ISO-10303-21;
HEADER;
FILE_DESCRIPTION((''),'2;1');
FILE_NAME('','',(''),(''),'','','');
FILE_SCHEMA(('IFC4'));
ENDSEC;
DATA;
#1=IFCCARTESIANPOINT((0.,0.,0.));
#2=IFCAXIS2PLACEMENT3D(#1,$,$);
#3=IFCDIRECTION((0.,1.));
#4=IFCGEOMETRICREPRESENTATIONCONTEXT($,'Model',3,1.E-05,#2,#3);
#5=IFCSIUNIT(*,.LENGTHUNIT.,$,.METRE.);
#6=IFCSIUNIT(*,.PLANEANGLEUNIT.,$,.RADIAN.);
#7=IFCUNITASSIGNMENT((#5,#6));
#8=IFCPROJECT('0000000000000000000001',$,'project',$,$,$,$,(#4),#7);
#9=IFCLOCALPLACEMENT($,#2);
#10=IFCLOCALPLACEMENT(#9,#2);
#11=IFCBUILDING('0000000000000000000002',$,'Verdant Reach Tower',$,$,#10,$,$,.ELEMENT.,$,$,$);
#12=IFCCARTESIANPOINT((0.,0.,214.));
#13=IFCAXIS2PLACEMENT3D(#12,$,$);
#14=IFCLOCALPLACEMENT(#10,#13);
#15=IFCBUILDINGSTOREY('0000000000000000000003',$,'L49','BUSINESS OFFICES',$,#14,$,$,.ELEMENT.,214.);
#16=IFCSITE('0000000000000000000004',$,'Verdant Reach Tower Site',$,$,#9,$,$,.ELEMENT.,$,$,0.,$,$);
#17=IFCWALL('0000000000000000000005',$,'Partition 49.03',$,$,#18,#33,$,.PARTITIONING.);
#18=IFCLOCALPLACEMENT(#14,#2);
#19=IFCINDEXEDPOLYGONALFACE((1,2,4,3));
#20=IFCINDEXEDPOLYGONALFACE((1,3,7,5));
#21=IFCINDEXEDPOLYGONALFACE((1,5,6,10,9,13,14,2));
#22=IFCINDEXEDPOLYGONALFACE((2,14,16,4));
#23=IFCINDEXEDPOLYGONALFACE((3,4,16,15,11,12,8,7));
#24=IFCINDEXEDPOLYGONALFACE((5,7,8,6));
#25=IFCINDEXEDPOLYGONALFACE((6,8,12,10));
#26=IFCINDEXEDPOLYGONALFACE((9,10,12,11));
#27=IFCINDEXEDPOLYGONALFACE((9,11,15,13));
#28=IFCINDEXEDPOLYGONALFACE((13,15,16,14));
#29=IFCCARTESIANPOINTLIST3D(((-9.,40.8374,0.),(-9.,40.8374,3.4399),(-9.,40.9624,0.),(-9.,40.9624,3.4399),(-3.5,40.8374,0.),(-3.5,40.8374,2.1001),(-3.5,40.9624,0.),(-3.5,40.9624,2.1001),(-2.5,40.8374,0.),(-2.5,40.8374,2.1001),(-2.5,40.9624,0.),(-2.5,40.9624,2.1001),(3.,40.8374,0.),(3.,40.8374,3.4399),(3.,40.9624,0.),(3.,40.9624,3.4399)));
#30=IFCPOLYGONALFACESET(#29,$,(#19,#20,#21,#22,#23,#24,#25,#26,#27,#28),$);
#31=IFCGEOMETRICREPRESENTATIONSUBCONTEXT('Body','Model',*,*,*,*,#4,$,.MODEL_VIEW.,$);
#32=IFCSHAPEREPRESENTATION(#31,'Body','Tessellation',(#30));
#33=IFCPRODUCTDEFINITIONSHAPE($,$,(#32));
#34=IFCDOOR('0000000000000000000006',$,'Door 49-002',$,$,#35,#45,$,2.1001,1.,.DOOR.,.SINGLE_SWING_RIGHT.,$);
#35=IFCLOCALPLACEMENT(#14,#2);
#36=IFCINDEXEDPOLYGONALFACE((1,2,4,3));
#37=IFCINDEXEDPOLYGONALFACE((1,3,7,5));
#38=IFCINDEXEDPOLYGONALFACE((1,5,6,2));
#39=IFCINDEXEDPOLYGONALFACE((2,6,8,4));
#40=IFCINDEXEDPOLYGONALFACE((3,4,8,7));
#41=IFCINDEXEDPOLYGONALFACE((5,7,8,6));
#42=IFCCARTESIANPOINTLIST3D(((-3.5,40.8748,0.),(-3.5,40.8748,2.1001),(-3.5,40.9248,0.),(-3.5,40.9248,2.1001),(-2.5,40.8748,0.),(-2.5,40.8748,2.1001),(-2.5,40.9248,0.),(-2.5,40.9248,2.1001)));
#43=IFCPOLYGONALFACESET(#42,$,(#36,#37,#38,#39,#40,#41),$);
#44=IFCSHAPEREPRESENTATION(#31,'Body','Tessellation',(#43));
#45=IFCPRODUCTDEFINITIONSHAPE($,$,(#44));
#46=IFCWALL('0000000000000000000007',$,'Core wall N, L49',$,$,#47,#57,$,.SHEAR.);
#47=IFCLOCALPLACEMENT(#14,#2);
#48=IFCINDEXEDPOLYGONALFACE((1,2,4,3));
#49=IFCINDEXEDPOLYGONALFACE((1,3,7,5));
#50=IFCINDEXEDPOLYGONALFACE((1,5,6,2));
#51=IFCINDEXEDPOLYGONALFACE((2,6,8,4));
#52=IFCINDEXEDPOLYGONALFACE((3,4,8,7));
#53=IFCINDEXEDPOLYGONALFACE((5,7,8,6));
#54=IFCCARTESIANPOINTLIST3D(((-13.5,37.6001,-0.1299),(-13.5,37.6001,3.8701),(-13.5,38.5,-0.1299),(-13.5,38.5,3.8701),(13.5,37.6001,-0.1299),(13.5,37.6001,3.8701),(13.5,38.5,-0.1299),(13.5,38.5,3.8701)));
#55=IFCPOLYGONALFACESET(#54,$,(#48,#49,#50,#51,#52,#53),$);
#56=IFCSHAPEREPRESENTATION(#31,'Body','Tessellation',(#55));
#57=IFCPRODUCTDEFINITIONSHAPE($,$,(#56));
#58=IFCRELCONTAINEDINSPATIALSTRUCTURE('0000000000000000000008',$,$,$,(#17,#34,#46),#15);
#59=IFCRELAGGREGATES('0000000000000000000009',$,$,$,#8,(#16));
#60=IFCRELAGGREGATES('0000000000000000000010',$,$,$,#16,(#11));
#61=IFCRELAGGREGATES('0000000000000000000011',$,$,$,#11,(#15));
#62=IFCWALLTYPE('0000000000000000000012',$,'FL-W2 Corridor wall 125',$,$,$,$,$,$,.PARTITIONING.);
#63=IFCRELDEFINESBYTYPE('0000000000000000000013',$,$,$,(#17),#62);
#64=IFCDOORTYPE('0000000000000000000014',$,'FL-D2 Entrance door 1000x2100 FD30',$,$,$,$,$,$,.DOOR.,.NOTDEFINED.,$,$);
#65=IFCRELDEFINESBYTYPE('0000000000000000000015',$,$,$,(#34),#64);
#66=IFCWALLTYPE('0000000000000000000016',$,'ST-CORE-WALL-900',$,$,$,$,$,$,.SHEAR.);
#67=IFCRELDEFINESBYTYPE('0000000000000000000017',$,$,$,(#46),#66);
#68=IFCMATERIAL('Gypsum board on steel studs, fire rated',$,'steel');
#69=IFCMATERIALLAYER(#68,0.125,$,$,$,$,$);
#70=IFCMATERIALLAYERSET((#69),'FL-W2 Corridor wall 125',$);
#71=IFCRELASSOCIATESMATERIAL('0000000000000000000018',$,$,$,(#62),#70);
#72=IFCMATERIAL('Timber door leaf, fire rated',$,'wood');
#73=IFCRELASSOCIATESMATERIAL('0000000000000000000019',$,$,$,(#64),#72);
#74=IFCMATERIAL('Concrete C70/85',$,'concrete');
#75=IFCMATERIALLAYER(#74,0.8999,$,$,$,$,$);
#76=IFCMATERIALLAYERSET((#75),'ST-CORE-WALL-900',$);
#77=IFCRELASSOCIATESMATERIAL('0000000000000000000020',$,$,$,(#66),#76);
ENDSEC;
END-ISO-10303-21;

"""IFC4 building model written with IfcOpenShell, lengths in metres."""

from ifc_helpers import new_model, si_unit, direction, frame, frame_2d, origin, place, context, subcontext, project, spatial, rectangle, extrude, material, layer, layer_set, type_object, element, fill, save


model = new_model("IFC4")

# Units and contexts
model_context = context("Model", 3, precision=1e-05, world=origin(), true_north=direction((0.0, 1.0)))
body_context = subcontext(model_context, "Body", "Model", "MODEL_VIEW")
ifc_project = project(units=[si_unit("LENGTHUNIT", "METRE"), si_unit("PLANEANGLEUNIT", "RADIAN")], contexts=[model_context])

# Site, building, storey
site_placement = place(None, origin())
site = spatial("IfcSite", under=ifc_project, at=site_placement, Name="Verdant Reach Tower Site", CompositionType="ELEMENT", RefElevation=0.0)
building_placement = place(site_placement, origin())
building = spatial("IfcBuilding", under=site, at=building_placement, Name="Verdant Reach Tower", CompositionType="ELEMENT")
storey_placement = place(building_placement, frame((0.0, 0.0, 214.0)))
storey = spatial("IfcBuildingStorey", under=building, at=storey_placement, Name="L49", Description="BUSINESS OFFICES", CompositionType="ELEMENT", Elevation=214.0)

# Shared definitions
ifc_material_1 = material(Name="Gypsum board on steel studs, fire rated", Category="steel")
ifc_layer_1 = layer(ifc_material_1, 0.125)
ifc_layer_set_1 = layer_set([ifc_layer_1], Name="FL-W2 Corridor wall 125")
wall_type_1 = type_object("IfcWallType", Name="FL-W2 Corridor wall 125", PredefinedType="PARTITIONING", material=ifc_layer_set_1)

# Wall, opening, door
wall_1_placement = place(storey_placement, frame((-9.0, 40.8999, 0.0), z_axis=(0.0, 0.0, 1.0), x_axis=(1.0, 0.0, 0.0)))
wall_1 = element("IfcWall", 1, at=wall_1_placement, inside=storey, type_object=wall_type_1, Name="Partition 49.03", PredefinedType="PARTITIONING", context=body_context, shape_type="SweptSolid", body=[
    extrude(rectangle(XDim=12.0, YDim=0.125, at=frame_2d((6.0, 0.0))), origin(), (0.0, 0.0, 1.0), 3.4399),
])
opening_1_placement = place(wall_1_placement, frame((5.5, 0.0, 0.0)))
opening_1 = element("IfcOpeningElement", 2, at=opening_1_placement, cuts=wall_1, PredefinedType="OPENING", context=body_context, shape_type="SweptSolid", body=[
    extrude(rectangle(XDim=1.0, YDim=2.1001, at=frame_2d((0.5, 1.05))), frame((0.0, 0.0725, 0.0), z_axis=(0.0, -1.0, 0.0), x_axis=(1.0, 0.0, 0.0)), (0.0, 0.0, 1.0), 0.145),
])
ifc_material_2 = material(Name="Timber door leaf, fire rated", Category="wood")
door_type_1 = type_object("IfcDoorType", Name="FL-D2 Entrance door 1000x2100 FD30", OperationType="NOTDEFINED", PredefinedType="DOOR", material=ifc_material_2)
door_1_placement = place(opening_1_placement, origin())
door_1 = element("IfcDoor", 3, at=door_1_placement, inside=storey, type_object=door_type_1, Name="Door 49-002", OperationType="SINGLE_SWING_RIGHT", OverallHeight=2.1001, OverallWidth=1.0, PredefinedType="DOOR", context=body_context, shape_type="SweptSolid", body=[
    extrude(rectangle(XDim=1.0, YDim=2.1001, at=frame_2d((0.5, 1.05))), frame((0.0, 0.0249, 0.0), z_axis=(0.0, -1.0, 0.0), x_axis=(1.0, 0.0, 0.0)), (0.0, 0.0, 1.0), 0.05),
])
fill(opening_1, door_1)

# Wall
ifc_material_3 = material(Name="Concrete C70/85", Category="concrete")
ifc_layer_2 = layer(ifc_material_3, 0.8999)
ifc_layer_set_2 = layer_set([ifc_layer_2], Name="ST-CORE-WALL-900")
wall_type_2 = type_object("IfcWallType", Name="ST-CORE-WALL-900", PredefinedType="SHEAR", material=ifc_layer_set_2)
wall_2_placement = place(storey_placement, frame((-13.5, 38.05, -0.1299), z_axis=(0.0, 0.0, 1.0), x_axis=(1.0, 0.0, 0.0)))
element("IfcWall", 4, at=wall_2_placement, inside=storey, type_object=wall_type_2, Name="Core wall N, L49", PredefinedType="SHEAR", context=body_context, shape_type="SweptSolid", body=[
    extrude(rectangle(XDim=27.0, YDim=0.8999, at=frame_2d((13.5, 0.0))), origin(), (0.0, 0.0, 1.0), 4.0),
])

save(model, "model.ifc")
